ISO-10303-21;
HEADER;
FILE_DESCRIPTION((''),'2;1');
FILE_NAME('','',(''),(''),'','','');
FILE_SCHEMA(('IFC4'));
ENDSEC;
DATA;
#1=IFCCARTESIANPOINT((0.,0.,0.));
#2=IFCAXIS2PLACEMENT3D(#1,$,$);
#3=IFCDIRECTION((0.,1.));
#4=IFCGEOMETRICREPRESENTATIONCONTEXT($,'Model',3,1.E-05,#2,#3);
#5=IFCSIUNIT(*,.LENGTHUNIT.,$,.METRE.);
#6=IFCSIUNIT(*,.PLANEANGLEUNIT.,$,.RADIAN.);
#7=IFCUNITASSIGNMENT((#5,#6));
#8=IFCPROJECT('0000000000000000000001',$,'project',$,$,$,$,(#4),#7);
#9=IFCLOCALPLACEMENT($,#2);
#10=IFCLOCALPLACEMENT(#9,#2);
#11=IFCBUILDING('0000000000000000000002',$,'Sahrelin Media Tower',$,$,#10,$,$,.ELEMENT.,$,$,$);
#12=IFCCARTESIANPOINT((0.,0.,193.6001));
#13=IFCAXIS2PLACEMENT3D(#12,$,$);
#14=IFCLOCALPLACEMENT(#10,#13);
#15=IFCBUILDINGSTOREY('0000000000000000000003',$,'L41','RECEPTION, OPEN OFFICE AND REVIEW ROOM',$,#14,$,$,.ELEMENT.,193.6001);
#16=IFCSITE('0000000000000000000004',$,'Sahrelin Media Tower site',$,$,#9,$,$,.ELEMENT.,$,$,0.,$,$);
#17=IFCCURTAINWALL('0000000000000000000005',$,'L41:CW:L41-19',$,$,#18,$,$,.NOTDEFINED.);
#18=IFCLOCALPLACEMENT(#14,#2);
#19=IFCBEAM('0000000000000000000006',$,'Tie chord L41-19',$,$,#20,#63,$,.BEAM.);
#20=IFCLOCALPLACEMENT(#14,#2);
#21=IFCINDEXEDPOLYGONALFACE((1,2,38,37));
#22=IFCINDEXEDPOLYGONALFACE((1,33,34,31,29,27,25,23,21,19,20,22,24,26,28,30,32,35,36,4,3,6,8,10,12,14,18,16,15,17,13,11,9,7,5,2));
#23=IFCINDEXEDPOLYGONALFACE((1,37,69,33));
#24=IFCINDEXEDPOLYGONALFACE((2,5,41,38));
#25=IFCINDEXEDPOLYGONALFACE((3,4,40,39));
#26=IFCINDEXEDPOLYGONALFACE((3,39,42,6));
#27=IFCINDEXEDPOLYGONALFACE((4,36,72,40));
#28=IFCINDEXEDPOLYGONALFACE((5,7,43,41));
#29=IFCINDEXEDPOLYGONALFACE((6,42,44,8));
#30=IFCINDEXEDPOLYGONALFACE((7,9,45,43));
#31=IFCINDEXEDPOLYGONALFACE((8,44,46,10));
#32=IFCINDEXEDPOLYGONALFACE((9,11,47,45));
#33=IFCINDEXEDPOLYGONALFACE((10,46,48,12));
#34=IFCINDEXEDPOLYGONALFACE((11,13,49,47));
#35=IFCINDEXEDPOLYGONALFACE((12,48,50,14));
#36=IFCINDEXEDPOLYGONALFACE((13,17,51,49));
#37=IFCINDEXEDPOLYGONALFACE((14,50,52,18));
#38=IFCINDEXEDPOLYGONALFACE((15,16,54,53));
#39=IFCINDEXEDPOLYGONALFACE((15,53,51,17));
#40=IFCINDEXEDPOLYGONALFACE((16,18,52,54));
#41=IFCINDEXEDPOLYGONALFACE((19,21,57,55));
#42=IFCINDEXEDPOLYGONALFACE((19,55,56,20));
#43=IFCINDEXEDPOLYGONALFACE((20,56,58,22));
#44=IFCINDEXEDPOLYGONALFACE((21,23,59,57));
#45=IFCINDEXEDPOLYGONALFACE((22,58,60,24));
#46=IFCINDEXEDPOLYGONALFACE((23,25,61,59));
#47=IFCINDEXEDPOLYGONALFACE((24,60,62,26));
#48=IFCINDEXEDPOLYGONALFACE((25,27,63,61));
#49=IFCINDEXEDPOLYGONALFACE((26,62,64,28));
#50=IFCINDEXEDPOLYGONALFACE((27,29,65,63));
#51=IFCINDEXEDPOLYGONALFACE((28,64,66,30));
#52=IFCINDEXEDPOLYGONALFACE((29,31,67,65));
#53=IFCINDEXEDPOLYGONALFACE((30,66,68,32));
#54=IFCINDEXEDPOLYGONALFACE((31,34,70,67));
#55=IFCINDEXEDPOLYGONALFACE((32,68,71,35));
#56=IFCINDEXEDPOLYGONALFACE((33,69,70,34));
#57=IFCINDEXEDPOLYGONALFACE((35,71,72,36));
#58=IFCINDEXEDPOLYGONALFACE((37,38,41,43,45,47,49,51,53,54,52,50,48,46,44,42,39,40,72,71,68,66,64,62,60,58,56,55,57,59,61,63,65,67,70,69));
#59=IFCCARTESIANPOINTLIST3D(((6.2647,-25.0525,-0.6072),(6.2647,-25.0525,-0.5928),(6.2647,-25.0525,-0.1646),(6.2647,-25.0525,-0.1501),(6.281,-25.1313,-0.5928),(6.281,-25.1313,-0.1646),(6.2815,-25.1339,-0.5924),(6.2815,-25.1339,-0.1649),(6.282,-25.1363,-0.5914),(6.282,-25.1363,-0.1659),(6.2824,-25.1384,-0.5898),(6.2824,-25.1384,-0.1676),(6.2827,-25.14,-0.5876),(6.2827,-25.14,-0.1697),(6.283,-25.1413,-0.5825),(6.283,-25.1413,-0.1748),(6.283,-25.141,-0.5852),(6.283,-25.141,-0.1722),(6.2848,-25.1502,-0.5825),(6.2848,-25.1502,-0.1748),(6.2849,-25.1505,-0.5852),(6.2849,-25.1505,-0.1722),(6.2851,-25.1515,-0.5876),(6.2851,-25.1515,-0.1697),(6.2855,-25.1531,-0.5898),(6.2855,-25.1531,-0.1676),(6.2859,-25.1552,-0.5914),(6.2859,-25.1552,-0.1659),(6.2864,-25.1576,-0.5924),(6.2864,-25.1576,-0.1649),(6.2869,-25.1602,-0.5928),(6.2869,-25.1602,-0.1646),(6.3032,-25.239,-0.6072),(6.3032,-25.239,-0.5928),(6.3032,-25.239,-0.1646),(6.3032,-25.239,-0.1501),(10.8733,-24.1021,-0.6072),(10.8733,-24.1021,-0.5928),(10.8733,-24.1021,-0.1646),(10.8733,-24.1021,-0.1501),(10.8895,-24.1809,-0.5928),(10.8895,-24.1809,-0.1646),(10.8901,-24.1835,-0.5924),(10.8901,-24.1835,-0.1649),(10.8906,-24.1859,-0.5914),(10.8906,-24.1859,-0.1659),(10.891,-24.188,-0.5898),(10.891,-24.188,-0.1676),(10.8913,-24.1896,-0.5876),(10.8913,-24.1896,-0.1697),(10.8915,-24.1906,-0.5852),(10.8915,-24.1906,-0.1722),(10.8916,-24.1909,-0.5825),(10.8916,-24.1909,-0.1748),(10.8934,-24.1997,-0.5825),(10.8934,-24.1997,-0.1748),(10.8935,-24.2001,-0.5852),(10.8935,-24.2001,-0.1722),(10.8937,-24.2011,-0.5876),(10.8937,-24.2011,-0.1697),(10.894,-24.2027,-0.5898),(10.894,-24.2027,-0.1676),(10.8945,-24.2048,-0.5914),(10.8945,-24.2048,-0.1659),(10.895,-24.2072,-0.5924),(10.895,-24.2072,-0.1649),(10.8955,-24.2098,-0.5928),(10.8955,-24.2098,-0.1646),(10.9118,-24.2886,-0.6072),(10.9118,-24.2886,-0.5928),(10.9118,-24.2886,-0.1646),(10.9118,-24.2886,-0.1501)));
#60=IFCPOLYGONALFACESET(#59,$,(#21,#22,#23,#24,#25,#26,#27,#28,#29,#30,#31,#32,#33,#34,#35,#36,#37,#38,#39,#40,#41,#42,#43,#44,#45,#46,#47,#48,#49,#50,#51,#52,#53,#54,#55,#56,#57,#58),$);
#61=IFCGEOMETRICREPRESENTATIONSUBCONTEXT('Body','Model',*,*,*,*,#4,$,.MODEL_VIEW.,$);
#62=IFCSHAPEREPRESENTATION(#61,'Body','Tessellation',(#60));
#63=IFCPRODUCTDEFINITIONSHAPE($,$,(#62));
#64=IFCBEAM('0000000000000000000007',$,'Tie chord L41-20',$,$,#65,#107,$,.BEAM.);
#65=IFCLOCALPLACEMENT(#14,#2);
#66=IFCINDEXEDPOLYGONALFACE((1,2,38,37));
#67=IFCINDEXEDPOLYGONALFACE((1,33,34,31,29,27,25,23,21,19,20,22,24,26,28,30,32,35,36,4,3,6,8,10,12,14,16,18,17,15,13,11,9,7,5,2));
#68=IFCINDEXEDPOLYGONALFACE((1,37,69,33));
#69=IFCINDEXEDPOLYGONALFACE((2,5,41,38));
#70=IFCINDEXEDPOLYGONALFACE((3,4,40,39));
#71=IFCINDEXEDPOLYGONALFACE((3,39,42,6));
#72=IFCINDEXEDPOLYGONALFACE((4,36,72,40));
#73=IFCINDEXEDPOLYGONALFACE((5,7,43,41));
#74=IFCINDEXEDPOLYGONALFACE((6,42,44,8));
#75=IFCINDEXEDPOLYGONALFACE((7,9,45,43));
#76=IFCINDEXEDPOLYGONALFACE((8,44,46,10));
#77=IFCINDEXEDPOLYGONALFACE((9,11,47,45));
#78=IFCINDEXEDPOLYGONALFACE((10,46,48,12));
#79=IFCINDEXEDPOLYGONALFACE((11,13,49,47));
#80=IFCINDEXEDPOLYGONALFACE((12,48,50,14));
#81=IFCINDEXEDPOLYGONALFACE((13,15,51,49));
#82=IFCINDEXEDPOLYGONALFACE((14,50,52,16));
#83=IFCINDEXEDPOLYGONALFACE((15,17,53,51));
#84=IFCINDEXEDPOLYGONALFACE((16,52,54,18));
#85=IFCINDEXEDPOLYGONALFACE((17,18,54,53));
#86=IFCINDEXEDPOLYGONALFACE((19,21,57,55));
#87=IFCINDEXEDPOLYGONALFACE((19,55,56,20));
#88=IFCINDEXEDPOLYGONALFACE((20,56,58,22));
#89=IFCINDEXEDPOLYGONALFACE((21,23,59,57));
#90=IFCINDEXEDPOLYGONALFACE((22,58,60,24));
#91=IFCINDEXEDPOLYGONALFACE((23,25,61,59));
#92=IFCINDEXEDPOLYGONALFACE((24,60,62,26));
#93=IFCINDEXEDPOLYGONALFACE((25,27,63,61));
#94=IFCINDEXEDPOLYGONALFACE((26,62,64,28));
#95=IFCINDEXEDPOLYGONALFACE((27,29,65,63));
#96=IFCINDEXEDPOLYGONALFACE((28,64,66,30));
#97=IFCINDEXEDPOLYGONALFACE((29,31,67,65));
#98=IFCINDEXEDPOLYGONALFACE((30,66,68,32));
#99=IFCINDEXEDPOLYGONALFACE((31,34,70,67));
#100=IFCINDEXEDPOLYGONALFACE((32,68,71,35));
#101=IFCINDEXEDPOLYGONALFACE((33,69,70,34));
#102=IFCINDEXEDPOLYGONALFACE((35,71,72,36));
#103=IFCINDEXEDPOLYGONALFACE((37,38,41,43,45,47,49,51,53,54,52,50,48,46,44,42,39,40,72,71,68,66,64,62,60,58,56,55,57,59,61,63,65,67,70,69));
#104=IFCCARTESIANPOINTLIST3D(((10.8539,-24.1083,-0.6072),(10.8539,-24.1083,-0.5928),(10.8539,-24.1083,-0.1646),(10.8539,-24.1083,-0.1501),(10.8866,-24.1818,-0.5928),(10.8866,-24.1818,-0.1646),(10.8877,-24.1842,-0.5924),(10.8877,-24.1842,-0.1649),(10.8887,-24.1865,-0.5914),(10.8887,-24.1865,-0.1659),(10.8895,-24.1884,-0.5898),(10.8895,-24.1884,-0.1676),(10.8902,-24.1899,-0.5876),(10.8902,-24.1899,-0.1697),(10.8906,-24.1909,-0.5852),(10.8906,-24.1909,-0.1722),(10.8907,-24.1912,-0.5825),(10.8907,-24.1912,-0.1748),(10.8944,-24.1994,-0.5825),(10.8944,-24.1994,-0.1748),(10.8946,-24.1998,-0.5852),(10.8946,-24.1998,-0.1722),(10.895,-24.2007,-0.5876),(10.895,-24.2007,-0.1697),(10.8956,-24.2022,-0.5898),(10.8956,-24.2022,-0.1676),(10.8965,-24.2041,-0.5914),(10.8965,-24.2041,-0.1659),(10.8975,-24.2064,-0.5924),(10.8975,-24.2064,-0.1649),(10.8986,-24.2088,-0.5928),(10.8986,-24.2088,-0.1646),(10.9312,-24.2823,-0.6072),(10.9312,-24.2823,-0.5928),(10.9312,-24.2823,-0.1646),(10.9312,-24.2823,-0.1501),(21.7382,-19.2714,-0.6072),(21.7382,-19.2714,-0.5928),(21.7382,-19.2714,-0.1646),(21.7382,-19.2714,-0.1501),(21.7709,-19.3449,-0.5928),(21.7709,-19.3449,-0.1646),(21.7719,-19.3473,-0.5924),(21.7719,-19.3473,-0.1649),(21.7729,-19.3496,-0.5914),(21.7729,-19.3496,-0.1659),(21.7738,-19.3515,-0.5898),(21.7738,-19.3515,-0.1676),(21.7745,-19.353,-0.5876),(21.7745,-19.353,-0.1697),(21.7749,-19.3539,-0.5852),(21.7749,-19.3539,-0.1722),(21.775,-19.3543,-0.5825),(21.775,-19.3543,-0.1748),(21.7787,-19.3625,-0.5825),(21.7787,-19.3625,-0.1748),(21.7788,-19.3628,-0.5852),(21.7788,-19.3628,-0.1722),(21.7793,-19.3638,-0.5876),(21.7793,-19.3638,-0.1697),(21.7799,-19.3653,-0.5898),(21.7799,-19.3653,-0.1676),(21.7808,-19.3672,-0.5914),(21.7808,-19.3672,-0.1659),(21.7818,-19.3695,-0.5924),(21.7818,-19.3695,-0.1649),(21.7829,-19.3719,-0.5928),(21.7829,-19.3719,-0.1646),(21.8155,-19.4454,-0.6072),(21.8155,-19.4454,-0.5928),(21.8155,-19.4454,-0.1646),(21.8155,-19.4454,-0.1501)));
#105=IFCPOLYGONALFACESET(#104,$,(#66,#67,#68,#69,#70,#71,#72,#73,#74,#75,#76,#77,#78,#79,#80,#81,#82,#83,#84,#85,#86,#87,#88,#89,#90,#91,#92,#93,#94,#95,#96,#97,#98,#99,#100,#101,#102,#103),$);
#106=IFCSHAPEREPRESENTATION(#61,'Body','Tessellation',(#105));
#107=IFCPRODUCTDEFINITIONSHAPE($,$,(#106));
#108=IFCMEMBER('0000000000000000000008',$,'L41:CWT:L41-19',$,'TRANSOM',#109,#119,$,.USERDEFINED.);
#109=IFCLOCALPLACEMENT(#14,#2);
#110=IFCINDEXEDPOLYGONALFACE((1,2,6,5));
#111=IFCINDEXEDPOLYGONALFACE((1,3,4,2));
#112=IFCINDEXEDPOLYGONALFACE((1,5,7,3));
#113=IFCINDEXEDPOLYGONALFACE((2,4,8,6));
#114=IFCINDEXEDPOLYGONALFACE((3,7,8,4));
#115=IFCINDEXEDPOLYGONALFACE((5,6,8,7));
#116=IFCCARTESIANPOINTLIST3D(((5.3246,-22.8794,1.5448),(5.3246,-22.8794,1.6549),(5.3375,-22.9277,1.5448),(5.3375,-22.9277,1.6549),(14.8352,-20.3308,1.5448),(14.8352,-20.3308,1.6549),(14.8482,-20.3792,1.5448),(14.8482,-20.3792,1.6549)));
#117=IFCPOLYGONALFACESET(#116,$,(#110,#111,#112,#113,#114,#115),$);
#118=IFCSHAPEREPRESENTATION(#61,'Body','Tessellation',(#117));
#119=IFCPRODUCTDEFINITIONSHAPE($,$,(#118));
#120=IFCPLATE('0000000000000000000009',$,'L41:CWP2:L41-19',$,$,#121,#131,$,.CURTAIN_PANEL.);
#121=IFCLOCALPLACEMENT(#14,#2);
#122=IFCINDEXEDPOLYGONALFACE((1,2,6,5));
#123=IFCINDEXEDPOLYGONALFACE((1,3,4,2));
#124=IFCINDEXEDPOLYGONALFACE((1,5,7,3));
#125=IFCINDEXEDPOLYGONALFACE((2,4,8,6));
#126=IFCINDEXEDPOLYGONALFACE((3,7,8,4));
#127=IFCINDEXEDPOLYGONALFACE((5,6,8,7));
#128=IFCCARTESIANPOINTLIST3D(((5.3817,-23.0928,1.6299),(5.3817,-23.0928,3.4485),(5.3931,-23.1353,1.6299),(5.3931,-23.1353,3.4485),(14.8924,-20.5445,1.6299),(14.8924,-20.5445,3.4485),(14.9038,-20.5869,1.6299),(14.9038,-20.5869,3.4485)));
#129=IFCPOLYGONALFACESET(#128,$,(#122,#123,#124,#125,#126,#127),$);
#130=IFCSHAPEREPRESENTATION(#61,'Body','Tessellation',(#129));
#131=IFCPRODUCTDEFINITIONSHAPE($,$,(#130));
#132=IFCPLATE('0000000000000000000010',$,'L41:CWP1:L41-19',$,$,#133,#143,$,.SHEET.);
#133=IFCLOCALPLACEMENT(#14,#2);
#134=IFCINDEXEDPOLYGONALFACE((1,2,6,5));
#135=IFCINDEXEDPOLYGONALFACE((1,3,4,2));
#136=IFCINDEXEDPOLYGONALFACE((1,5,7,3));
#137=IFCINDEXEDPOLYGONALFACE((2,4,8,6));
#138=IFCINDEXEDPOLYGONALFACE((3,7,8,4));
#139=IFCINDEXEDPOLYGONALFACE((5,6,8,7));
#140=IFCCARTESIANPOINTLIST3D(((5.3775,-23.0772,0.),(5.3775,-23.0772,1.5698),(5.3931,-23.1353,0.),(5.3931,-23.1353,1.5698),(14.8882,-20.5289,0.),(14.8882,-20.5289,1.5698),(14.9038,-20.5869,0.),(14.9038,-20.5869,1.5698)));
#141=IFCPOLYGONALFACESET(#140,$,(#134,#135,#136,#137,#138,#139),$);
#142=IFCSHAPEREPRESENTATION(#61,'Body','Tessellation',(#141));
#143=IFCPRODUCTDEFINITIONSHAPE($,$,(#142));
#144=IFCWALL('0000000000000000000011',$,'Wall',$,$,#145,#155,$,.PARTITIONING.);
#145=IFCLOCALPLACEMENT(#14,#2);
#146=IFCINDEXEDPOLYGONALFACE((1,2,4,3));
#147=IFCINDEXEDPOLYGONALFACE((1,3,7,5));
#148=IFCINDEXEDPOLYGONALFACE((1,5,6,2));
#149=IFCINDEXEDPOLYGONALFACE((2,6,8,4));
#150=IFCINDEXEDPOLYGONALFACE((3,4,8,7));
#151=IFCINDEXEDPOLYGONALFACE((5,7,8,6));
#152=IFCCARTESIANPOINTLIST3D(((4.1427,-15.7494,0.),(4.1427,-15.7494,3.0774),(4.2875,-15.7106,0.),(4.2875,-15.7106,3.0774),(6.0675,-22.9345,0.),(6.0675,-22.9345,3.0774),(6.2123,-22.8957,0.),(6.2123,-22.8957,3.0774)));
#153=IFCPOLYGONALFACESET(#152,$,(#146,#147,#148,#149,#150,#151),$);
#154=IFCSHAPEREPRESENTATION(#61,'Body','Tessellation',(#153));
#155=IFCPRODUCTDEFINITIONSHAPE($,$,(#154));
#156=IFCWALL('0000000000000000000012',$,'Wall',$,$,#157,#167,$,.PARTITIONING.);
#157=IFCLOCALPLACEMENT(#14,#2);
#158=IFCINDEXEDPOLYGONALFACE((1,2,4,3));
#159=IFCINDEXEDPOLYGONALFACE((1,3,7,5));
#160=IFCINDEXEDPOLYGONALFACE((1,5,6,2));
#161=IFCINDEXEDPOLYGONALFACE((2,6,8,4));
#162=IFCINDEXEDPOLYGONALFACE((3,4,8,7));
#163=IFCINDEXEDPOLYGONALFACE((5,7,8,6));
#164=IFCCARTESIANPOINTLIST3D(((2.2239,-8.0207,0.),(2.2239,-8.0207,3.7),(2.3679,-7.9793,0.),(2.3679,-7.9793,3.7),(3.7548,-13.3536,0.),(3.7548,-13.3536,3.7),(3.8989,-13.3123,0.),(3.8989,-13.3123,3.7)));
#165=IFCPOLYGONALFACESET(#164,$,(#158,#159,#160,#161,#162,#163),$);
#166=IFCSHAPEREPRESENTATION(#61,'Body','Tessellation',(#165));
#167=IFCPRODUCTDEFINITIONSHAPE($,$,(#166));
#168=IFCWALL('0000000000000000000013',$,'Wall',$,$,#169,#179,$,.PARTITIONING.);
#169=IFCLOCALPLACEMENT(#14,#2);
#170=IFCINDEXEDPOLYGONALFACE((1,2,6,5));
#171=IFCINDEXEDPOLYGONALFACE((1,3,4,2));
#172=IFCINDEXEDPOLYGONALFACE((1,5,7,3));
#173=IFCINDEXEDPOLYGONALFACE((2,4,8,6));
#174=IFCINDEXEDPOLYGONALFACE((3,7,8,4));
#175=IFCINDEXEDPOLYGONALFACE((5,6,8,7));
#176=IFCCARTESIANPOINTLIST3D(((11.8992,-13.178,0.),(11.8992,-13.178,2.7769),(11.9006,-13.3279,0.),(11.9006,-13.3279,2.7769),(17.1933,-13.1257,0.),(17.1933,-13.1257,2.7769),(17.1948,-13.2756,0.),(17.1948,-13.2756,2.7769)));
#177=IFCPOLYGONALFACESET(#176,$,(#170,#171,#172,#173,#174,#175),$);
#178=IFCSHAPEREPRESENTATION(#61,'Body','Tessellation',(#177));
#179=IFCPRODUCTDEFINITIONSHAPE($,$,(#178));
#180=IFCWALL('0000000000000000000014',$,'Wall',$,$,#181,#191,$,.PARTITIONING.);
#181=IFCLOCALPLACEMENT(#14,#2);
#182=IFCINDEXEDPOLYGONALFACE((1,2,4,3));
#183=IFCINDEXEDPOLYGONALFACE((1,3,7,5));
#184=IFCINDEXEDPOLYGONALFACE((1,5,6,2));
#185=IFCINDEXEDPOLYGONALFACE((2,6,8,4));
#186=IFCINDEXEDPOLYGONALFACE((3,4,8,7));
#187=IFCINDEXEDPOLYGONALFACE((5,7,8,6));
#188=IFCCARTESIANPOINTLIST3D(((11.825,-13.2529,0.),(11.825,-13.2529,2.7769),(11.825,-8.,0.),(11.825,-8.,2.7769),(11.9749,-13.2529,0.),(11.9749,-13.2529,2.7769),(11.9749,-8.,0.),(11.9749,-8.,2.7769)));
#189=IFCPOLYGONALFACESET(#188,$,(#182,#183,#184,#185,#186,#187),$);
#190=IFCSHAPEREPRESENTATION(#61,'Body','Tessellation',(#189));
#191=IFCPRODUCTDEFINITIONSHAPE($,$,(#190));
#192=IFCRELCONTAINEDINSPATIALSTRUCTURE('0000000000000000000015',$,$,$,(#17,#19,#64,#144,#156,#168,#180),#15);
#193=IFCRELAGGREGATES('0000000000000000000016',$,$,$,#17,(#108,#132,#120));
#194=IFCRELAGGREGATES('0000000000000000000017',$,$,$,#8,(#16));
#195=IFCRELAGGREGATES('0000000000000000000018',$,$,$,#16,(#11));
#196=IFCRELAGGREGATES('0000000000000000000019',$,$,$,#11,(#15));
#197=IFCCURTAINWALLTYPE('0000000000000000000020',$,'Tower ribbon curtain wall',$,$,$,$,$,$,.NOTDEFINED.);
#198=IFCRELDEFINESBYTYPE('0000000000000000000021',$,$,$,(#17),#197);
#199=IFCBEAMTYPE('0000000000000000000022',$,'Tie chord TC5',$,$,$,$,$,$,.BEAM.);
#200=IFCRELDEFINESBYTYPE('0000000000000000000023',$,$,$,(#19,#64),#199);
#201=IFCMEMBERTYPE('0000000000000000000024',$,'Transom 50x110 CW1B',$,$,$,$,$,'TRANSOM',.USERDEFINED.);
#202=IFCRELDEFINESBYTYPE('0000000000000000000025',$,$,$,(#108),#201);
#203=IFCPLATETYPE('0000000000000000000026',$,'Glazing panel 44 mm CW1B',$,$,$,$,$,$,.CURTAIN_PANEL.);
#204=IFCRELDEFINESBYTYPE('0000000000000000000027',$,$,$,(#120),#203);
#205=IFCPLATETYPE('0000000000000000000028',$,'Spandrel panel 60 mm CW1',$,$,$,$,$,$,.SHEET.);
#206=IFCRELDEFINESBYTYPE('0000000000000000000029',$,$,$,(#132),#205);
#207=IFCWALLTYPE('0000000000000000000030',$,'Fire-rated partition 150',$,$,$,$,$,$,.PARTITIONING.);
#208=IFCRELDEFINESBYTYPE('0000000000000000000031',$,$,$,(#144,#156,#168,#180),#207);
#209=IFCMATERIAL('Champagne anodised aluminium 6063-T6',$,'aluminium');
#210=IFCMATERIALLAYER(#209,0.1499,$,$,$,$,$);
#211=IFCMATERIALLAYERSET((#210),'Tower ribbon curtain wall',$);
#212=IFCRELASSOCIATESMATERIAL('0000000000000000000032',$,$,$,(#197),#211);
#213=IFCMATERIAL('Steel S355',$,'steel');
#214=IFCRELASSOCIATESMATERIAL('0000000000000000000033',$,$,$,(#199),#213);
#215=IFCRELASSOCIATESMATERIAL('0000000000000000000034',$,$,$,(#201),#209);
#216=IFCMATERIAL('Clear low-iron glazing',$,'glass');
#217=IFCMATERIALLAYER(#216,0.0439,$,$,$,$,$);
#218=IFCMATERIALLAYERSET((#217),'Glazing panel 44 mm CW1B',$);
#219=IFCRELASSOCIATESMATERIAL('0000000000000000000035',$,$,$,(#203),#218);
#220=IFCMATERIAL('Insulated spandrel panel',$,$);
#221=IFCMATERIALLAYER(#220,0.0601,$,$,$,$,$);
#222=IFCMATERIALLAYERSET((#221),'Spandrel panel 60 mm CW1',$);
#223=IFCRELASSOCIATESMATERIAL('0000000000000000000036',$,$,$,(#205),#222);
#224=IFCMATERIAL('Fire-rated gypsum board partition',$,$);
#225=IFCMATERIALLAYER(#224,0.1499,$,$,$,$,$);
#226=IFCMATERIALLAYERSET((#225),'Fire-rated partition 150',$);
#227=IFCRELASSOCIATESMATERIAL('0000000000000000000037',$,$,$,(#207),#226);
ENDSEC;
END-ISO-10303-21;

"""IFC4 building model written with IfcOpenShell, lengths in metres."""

from ifc_helpers import new_model, si_unit, direction, frame, frame_2d, origin, origin_2d, place, context, subcontext, project, spatial, polyline, rectangle, i_section, outline, extrude, material, layer, layer_set, material_profile, profile_set, type_object, element, aggregate, save


model = new_model("IFC4")

# Units and contexts
model_context = context("Model", 3, precision=1e-05, world=origin(), true_north=direction((0.0, 1.0)))
body_context = subcontext(model_context, "Body", "Model", "MODEL_VIEW")
ifc_project = project(units=[si_unit("LENGTHUNIT", "METRE"), si_unit("PLANEANGLEUNIT", "RADIAN")], contexts=[model_context])

# Site, building, storey
site_placement = place(None, origin())
site = spatial("IfcSite", under=ifc_project, at=site_placement, Name="Sahrelin Media Tower site", CompositionType="ELEMENT", RefElevation=0.0)
building_placement = place(site_placement, origin())
building = spatial("IfcBuilding", under=site, at=building_placement, Name="Sahrelin Media Tower", CompositionType="ELEMENT")
storey_placement = place(building_placement, frame((0.0, 0.0, 193.6001)))
storey = spatial("IfcBuildingStorey", under=building, at=storey_placement, Name="L41", Description="RECEPTION, OPEN OFFICE AND REVIEW ROOM", CompositionType="ELEMENT", Elevation=193.6001)

# Shared definitions
ifc_material_1 = material(Name="Steel S355", Category="steel")

# Curtain wall
ifc_material_2 = material(Name="Champagne anodised aluminium 6063-T6", Category="aluminium")
ifc_layer_1 = layer(ifc_material_2, 0.1499)
ifc_layer_set_1 = layer_set([ifc_layer_1], Name="Tower ribbon curtain wall")
curtain_wall_type = type_object("IfcCurtainWallType", Name="Tower ribbon curtain wall", PredefinedType="NOTDEFINED", material=ifc_layer_set_1)
curtain_wall_1_placement = place(storey_placement, frame((10.1433, -21.8418, 0.0), z_axis=(0.0, 0.0, 1.0), x_axis=(1.0, 0.0, 0.0)))
curtain_wall_1 = element("IfcCurtainWall", 1, at=curtain_wall_1_placement, inside=storey, type_object=curtain_wall_type, Name="L41:CW:L41-19", PredefinedType="NOTDEFINED")

# Beams
ifc_material_profile_1 = material_profile(ifc_material_1, i_section(OverallWidth=0.1904, OverallDepth=0.457, WebThickness=0.009, FlangeThickness=0.0144, FilletRadius=0.0103, at=origin_2d()), Name="UB 457x191x74")
ifc_profile_set_1 = profile_set([ifc_material_profile_1], Name="Steel S355")
beam_type_1 = type_object("IfcBeamType", Name="Tie chord TC5", PredefinedType="BEAM", material=ifc_profile_set_1)
beam_1_placement = place(storey_placement, frame((6.2839, -25.1458, -0.3787), z_axis=(0.97939, 0.201979, 0.0), x_axis=(-0.201979, 0.97939, 0.0)))
element("IfcBeam", 2, at=beam_1_placement, inside=storey, type_object=beam_type_1, Name="Tie chord L41-19", PredefinedType="BEAM", context=body_context, shape_type="SweptSolid", body=[
    extrude(i_section(OverallWidth=0.1904, OverallDepth=0.457, WebThickness=0.009, FlangeThickness=0.0144, FilletRadius=0.0103, at=origin_2d()), origin(), (0.0, 0.0, 1.0), 4.7056),
])
beam_2_placement = place(storey_placement, frame((10.8926, -24.1953, -0.3787), z_axis=(0.913828, 0.4061, 0.0), x_axis=(-0.4061, 0.913828, 0.0)))
element("IfcBeam", 3, at=beam_2_placement, inside=storey, type_object=beam_type_1, Name="Tie chord L41-20", PredefinedType="BEAM", context=body_context, shape_type="SweptSolid", body=[
    extrude(i_section(OverallWidth=0.1904, OverallDepth=0.457, WebThickness=0.009, FlangeThickness=0.0144, FilletRadius=0.0103, at=origin_2d()), origin(), (0.0, 0.0, 1.0), 11.9106),
])

# Member
ifc_material_profile_2 = material_profile(ifc_material_2, rectangle(XDim=0.05, YDim=0.1101, at=origin_2d()), Name="Transom 50x110")
ifc_profile_set_2 = profile_set([ifc_material_profile_2], Name="Champagne anodised aluminium 6063-T6")
member_type_1 = type_object("IfcMemberType", Name="Transom 50x110 CW1B", ElementType="TRANSOM", PredefinedType="USERDEFINED", material=ifc_profile_set_2)
member_1_placement = place(storey_placement, frame((5.3311, -22.9036, 1.5999), z_axis=(0.965921, 0.258837, 0.0), x_axis=(-0.258837, 0.965921, 0.0)))
member_1 = element("IfcMember", 4, at=member_1_placement, type_object=member_type_1, Name="L41:CWT:L41-19", ObjectType="TRANSOM", PredefinedType="USERDEFINED", context=body_context, shape_type="SweptSolid", body=[
    extrude(rectangle(XDim=0.05, YDim=0.1101, at=origin_2d()), origin(), (0.0, 0.0, 1.0), 9.8462),
])

# Plates
ifc_material_3 = material(Name="Clear low-iron glazing", Category="glass")
ifc_layer_2 = layer(ifc_material_3, 0.0439)
ifc_layer_set_2 = layer_set([ifc_layer_2], Name="Glazing panel 44 mm CW1B")
plate_type_1 = type_object("IfcPlateType", Name="Glazing panel 44 mm CW1B", PredefinedType="CURTAIN_PANEL", material=ifc_layer_set_2)
plate_1_placement = place(storey_placement, frame((5.3931, -23.1353, 1.6299), z_axis=(0.258814, -0.965927, 0.0), x_axis=(0.965927, 0.258814, 0.0)))
plate_1 = element("IfcPlate", 5, at=plate_1_placement, type_object=plate_type_1, Name="L41:CWP2:L41-19", PredefinedType="CURTAIN_PANEL", context=body_context, shape_type="SweptSolid", body=[
    extrude(outline(polyline([(0.0, 0.0), (9.8462, 0.0), (9.8462, 1.8186), (0.0, 1.8186), (0.0, 0.0)])), origin(), (0.0, 0.0, -1.0), 0.0439),
])
ifc_material_4 = material(Name="Insulated spandrel panel")
ifc_layer_3 = layer(ifc_material_4, 0.0601)
ifc_layer_set_3 = layer_set([ifc_layer_3], Name="Spandrel panel 60 mm CW1")
plate_type_2 = type_object("IfcPlateType", Name="Spandrel panel 60 mm CW1", PredefinedType="SHEET", material=ifc_layer_set_3)
plate_2_placement = place(storey_placement, frame((5.3931, -23.1353, 0.0), z_axis=(0.258814, -0.965927, 0.0), x_axis=(0.965927, 0.258814, 0.0)))
plate_2 = element("IfcPlate", 6, at=plate_2_placement, type_object=plate_type_2, Name="L41:CWP1:L41-19", PredefinedType="SHEET", context=body_context, shape_type="SweptSolid", body=[
    extrude(outline(polyline([(0.0, 0.0), (9.8462, 0.0), (9.8462, 1.5698), (0.0, 1.5698), (0.0, 0.0)])), origin(), (0.0, 0.0, -1.0), 0.0601),
])
aggregate(curtain_wall_1, [member_1, plate_2, plate_1])

# Walls
ifc_material_5 = material(Name="Fire-rated gypsum board partition")
ifc_layer_4 = layer(ifc_material_5, 0.1499)
ifc_layer_set_4 = layer_set([ifc_layer_4], Name="Fire-rated partition 150")
wall_type_1 = type_object("IfcWallType", Name="Fire-rated partition 150", PredefinedType="PARTITIONING", material=ifc_layer_set_4)
wall_1_placement = place(storey_placement, frame((4.2151, -15.73, 0.0), z_axis=(0.0, 0.0, 1.0), x_axis=(0.258766, -0.96594, 0.0)))
element("IfcWall", 7, at=wall_1_placement, inside=storey, type_object=wall_type_1, Name="Wall", PredefinedType="PARTITIONING", context=body_context, shape_type="SweptSolid", body=[
    extrude(rectangle(XDim=7.4385, YDim=0.1499, at=frame_2d((3.7192, 0.0))), origin(), (0.0, 0.0, 1.0), 3.0774),
])
wall_2_placement = place(storey_placement, frame((2.2959, -8.0, 0.0), z_axis=(0.0, 0.0, 1.0), x_axis=(0.275936, -0.961176, 0.0)))
element("IfcWall", 8, at=wall_2_placement, inside=storey, type_object=wall_type_1, Name="Wall", PredefinedType="PARTITIONING", context=body_context, shape_type="SweptSolid", body=[
    extrude(rectangle(XDim=5.5483, YDim=0.1499, at=frame_2d((2.7742, 0.0))), origin(), (0.0, 0.0, 1.0), 3.7),
])
wall_3_placement = place(storey_placement, frame((11.8999, -13.2529, 0.0), z_axis=(0.0, 0.0, 1.0), x_axis=(0.999951, 0.009868, 0.0)))
element("IfcWall", 9, at=wall_3_placement, inside=storey, type_object=wall_type_1, Name="Wall", PredefinedType="PARTITIONING", context=body_context, shape_type="SweptSolid", body=[
    extrude(rectangle(XDim=5.2944, YDim=0.1499, at=frame_2d((2.6472, 0.0))), origin(), (0.0, 0.0, 1.0), 2.7769),
])
wall_4_placement = place(storey_placement, frame((11.8999, -13.2529, 0.0), z_axis=(0.0, 0.0, 1.0), x_axis=(0.0, 1.0, 0.0)))
element("IfcWall", 10, at=wall_4_placement, inside=storey, type_object=wall_type_1, Name="Wall", PredefinedType="PARTITIONING", context=body_context, shape_type="SweptSolid", body=[
    extrude(rectangle(XDim=5.2529, YDim=0.1499, at=frame_2d((2.6265, 0.0))), origin(), (0.0, 0.0, 1.0), 2.7769),
])

save(model, "model.ifc")
